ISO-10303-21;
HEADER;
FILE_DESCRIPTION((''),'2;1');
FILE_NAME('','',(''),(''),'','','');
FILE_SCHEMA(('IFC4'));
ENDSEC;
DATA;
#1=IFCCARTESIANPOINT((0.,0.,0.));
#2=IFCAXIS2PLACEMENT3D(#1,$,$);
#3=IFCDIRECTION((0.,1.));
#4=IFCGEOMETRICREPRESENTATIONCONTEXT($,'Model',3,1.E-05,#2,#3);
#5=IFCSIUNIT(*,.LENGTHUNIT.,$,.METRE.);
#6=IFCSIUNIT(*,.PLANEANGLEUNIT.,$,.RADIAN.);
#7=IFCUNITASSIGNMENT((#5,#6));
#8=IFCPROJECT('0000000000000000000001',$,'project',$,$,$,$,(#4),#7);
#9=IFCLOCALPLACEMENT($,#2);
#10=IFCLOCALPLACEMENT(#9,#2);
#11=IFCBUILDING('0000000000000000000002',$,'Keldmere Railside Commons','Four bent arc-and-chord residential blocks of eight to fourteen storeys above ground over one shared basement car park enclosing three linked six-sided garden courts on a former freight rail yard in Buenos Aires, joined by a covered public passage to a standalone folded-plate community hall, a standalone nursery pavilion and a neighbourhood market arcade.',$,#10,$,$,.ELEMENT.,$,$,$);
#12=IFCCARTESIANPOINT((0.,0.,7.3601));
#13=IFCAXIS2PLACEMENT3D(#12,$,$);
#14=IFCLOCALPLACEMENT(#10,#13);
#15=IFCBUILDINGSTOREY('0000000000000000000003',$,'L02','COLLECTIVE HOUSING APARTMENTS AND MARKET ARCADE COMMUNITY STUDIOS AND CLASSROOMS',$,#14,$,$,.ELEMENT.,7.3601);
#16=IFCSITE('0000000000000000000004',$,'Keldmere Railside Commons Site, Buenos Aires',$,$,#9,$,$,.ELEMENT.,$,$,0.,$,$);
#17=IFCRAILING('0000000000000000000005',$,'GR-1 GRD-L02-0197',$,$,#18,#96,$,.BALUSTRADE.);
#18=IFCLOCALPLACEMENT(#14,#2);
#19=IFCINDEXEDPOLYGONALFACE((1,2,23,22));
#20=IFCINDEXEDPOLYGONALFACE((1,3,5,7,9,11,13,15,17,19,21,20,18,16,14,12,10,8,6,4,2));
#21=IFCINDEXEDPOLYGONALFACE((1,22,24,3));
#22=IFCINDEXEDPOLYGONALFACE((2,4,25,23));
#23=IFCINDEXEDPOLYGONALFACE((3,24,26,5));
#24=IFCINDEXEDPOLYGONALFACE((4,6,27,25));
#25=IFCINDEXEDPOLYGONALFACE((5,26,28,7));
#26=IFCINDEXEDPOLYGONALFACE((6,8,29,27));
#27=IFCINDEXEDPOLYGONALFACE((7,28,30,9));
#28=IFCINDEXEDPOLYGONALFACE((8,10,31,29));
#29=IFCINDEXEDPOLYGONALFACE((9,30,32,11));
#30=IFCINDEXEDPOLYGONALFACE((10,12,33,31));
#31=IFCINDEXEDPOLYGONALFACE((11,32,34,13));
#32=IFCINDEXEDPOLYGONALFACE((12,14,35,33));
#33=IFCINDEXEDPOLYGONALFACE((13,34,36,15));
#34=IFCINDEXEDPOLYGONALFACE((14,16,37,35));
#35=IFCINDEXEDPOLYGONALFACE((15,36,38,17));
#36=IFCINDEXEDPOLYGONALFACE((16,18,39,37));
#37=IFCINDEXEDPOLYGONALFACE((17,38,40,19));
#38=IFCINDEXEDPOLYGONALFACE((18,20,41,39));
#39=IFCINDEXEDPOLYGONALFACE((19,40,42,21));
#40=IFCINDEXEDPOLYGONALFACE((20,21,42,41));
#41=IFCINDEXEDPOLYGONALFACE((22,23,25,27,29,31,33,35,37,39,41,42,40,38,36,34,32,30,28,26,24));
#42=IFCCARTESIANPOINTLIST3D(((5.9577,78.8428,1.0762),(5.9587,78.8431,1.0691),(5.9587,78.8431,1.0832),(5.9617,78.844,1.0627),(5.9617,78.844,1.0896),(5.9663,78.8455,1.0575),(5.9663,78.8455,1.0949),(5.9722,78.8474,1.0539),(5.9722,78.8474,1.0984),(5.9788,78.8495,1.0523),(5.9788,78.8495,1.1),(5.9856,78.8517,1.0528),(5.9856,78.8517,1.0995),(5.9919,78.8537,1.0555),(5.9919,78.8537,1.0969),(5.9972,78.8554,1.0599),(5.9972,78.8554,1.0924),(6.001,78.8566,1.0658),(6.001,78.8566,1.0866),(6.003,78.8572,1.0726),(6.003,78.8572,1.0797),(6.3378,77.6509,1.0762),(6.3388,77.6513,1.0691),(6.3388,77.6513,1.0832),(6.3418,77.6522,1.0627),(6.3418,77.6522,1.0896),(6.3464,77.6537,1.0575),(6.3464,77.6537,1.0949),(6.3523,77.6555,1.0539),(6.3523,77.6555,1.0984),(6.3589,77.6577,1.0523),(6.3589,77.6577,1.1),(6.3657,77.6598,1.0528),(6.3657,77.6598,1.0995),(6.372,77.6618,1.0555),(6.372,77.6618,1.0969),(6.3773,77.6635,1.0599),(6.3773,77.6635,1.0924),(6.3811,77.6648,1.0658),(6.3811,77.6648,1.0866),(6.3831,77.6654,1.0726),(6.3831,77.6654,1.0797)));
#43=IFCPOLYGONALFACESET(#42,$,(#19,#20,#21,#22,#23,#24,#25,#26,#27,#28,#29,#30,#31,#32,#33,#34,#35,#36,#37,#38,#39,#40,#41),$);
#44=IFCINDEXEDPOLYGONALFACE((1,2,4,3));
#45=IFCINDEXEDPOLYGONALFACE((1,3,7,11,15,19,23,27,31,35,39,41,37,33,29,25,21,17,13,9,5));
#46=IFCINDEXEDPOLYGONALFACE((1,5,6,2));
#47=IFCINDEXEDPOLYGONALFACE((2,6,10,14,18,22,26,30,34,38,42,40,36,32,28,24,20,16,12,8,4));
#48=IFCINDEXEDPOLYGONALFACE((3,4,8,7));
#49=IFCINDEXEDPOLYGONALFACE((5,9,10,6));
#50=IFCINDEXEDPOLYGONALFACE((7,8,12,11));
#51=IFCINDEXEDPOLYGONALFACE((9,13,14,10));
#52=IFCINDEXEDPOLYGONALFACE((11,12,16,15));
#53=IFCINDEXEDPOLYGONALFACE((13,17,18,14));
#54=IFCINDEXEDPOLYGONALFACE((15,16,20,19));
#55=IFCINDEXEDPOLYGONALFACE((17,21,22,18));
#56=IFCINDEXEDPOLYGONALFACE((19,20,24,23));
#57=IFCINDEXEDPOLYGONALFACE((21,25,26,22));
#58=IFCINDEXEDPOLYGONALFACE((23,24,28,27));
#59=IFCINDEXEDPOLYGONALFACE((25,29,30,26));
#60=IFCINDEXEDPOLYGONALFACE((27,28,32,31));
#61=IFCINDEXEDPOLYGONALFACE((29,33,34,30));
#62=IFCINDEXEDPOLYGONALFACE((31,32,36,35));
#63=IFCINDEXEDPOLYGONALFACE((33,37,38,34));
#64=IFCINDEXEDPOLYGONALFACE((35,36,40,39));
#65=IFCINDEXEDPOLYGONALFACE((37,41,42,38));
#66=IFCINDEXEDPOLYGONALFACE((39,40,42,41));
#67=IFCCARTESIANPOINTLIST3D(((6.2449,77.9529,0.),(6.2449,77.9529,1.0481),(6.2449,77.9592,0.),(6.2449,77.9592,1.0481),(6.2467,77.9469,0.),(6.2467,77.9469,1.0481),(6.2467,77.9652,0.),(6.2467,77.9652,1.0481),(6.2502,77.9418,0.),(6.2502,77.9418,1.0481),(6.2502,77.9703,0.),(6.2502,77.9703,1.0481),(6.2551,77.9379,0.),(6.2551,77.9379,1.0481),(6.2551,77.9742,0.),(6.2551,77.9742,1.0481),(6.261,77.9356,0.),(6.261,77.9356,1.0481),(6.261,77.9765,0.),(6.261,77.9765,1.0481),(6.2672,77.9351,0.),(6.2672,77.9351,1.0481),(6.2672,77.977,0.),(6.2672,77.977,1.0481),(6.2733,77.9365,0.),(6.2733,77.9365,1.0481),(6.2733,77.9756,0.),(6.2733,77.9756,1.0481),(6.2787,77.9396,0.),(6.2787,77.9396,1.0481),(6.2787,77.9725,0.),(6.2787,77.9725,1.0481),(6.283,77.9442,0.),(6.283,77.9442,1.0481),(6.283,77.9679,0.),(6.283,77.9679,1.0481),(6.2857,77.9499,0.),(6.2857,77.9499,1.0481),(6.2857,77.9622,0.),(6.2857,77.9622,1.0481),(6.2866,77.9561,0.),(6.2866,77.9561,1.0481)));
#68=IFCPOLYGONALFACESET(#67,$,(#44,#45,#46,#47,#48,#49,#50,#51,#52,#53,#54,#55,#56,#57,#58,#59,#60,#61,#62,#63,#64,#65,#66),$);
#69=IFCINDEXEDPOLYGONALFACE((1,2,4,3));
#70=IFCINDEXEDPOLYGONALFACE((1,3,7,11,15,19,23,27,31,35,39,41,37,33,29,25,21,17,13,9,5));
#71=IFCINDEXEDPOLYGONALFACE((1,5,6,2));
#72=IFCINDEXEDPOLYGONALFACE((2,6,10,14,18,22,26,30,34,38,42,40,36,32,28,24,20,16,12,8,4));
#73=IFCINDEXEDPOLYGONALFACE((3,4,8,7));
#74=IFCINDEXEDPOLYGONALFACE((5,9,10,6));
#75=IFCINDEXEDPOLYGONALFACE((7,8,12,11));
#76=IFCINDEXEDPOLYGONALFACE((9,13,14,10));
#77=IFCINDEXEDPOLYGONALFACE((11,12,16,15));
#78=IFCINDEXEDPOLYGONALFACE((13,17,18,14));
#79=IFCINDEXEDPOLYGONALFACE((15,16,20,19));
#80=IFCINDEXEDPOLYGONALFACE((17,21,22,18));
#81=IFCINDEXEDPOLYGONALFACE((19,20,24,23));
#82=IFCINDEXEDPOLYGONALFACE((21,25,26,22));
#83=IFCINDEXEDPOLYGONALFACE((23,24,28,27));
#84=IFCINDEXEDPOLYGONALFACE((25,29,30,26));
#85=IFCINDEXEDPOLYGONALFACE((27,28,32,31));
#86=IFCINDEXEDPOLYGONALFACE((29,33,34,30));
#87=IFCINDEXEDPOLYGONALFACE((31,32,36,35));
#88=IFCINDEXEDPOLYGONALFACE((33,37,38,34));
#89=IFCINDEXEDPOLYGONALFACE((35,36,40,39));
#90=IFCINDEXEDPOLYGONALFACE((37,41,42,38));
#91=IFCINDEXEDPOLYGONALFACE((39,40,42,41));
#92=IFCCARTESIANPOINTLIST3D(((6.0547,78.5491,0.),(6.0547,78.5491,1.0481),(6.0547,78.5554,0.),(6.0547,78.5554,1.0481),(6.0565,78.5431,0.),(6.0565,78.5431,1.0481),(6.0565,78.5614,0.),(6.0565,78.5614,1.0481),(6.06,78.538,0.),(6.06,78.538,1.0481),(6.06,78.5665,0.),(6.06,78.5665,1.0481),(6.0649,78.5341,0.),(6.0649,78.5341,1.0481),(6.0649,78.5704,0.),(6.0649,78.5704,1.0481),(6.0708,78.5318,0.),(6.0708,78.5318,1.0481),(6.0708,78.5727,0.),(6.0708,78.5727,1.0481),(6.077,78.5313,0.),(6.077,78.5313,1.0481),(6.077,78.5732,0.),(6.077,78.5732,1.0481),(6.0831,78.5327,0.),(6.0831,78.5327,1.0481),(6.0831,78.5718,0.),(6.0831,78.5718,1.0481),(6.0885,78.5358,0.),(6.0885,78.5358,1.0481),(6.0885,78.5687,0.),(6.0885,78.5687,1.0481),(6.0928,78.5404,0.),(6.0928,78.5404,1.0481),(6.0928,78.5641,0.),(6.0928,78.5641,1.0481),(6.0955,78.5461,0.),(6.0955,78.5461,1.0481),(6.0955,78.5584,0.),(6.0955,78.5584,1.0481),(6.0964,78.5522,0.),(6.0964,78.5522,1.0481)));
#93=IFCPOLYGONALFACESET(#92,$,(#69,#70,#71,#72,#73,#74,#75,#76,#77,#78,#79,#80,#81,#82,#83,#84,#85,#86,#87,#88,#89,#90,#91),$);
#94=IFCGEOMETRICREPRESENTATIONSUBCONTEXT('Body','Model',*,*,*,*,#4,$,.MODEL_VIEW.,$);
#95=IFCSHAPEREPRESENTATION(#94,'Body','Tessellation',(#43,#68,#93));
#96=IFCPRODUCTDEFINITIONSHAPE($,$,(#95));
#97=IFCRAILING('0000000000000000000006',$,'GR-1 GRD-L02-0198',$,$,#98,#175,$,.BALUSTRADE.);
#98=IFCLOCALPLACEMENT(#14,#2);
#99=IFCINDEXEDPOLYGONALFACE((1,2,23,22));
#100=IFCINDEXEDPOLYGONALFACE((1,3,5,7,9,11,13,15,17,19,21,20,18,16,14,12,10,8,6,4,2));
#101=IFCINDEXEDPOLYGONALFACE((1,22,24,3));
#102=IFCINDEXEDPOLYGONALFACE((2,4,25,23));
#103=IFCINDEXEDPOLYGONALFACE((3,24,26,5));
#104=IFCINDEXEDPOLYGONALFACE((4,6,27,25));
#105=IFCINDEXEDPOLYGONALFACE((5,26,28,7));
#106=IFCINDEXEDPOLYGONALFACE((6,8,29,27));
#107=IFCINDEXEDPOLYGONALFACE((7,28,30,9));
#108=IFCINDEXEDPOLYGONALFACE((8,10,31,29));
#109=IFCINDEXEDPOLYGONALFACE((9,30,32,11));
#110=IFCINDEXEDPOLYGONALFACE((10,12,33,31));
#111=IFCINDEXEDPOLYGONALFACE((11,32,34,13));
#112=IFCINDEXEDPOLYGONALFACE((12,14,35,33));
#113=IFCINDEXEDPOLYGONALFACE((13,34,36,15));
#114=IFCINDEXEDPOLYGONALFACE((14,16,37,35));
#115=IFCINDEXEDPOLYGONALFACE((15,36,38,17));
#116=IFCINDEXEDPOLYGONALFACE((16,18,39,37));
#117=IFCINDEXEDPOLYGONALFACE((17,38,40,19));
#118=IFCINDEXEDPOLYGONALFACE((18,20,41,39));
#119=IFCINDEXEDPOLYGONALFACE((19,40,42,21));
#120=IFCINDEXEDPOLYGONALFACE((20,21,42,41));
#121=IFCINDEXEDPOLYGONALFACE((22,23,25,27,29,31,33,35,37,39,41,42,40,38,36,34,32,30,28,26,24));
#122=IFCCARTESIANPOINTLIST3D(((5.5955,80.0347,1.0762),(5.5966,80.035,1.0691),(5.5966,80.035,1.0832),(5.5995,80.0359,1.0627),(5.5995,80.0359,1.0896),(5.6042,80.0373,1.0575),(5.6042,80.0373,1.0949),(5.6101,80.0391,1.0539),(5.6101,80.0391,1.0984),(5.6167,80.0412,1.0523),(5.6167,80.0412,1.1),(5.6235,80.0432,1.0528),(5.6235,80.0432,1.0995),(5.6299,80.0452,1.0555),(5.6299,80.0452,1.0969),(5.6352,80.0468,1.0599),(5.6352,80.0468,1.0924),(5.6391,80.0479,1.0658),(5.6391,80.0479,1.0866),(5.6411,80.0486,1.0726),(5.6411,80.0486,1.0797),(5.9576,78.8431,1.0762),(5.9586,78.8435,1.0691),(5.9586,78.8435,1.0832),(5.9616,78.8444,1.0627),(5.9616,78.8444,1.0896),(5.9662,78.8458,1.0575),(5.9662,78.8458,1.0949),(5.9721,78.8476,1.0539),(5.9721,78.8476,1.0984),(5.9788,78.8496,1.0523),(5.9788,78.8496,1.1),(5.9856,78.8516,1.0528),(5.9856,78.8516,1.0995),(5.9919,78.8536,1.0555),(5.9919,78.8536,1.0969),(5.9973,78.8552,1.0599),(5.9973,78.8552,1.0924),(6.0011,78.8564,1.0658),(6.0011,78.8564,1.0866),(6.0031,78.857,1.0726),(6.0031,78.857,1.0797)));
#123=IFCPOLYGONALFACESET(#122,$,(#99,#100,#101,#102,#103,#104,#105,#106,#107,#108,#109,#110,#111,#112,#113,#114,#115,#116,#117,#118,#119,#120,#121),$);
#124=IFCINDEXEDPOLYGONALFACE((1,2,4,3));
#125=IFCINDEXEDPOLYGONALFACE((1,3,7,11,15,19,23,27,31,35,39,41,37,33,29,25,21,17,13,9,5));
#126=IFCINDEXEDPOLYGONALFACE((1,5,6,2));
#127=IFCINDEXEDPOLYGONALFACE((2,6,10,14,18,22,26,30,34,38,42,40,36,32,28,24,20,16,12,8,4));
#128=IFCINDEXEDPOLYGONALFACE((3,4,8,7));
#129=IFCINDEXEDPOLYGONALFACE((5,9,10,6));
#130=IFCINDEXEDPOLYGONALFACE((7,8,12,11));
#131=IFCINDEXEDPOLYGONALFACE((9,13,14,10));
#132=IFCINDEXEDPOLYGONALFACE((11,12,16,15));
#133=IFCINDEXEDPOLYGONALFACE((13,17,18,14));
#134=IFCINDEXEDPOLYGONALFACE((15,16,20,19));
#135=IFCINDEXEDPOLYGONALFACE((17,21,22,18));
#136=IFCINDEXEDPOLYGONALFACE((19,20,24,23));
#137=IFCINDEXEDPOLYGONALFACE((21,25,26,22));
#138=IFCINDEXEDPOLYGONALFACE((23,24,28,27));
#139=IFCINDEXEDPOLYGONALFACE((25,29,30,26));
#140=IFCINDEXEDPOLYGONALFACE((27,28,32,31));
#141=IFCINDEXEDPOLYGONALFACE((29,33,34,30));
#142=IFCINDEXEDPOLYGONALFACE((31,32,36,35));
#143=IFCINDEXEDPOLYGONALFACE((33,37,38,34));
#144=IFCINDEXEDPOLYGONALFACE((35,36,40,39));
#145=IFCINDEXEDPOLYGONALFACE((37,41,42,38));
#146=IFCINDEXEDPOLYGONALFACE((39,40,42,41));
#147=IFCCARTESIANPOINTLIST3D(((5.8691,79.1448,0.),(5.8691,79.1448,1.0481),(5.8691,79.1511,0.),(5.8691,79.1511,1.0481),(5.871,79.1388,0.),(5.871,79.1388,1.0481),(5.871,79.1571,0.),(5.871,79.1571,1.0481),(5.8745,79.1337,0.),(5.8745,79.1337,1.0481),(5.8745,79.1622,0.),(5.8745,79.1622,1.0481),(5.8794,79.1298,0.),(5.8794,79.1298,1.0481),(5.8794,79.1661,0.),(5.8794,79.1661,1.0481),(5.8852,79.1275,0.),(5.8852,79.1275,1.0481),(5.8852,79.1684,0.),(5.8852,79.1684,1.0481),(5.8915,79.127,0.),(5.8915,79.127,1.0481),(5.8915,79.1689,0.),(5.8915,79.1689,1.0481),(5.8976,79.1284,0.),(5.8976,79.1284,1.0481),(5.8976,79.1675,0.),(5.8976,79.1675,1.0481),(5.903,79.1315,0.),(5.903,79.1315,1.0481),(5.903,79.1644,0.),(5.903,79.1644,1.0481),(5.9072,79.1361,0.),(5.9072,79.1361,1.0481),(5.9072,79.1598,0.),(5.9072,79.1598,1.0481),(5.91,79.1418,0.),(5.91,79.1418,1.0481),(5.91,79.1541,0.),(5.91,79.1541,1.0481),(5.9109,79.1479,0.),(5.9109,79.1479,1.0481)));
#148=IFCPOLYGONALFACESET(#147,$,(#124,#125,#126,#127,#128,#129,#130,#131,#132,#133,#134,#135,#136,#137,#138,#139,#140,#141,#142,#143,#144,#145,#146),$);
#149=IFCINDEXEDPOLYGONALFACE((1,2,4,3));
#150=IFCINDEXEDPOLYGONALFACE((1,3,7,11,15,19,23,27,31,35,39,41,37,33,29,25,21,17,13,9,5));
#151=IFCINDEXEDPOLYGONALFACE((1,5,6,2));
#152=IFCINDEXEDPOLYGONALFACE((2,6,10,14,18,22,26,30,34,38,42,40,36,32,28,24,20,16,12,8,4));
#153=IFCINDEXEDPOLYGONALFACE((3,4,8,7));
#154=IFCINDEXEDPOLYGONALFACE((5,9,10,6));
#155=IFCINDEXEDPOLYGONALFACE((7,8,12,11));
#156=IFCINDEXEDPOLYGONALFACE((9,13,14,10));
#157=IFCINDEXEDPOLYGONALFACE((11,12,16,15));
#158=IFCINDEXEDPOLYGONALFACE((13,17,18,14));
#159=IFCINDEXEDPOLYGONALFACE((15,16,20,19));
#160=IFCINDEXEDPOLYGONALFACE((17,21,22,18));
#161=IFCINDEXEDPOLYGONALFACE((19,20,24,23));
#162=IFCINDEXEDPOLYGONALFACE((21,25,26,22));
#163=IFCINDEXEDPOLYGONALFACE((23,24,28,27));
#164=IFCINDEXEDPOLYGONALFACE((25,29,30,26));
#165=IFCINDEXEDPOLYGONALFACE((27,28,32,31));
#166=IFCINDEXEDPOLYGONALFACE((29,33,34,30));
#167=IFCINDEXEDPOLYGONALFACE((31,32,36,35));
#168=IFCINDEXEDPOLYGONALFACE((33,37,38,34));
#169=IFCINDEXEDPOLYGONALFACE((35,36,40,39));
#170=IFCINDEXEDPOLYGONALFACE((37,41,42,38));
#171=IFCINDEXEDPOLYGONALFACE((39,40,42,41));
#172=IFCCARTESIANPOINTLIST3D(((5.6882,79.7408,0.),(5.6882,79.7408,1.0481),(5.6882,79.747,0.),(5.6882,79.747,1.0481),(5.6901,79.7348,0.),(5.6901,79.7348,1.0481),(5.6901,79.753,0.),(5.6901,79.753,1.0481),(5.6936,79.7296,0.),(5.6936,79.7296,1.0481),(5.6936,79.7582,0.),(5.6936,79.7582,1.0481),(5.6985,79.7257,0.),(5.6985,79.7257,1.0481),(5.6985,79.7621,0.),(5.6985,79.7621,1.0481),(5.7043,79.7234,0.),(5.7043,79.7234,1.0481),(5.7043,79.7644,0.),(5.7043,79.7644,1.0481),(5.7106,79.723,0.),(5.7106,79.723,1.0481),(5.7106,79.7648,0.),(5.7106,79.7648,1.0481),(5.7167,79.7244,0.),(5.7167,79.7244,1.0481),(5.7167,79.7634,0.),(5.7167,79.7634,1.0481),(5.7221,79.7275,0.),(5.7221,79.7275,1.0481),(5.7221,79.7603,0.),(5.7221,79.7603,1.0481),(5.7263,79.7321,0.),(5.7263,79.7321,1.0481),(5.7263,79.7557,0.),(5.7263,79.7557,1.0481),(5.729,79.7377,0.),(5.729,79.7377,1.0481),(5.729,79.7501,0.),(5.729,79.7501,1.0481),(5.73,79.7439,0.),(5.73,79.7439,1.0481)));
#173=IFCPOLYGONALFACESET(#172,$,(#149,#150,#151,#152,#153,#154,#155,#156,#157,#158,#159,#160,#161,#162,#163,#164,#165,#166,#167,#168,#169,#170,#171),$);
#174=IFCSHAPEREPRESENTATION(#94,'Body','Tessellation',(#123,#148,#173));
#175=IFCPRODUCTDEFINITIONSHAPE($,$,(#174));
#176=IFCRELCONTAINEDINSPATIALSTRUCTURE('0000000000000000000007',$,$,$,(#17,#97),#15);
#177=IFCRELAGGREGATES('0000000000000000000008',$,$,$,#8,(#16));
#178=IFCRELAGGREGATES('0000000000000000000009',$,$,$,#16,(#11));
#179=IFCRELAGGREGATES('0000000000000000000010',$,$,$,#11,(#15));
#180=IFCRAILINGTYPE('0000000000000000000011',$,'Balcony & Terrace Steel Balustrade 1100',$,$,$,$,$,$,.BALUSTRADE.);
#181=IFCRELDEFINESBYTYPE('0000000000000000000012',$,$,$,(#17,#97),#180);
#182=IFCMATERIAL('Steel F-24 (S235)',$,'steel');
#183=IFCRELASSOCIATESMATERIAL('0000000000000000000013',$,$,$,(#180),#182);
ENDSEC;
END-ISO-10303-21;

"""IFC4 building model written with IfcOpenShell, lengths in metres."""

from ifc_helpers import new_model, si_unit, direction, frame, origin, origin_2d, place, context, subcontext, project, spatial, circle, extrude, material, type_object, element, save


model = new_model("IFC4")

# Units and contexts
model_context = context("Model", 3, precision=1e-05, world=origin(), true_north=direction((0.0, 1.0)))
body_context = subcontext(model_context, "Body", "Model", "MODEL_VIEW")
ifc_project = project(units=[si_unit("LENGTHUNIT", "METRE"), si_unit("PLANEANGLEUNIT", "RADIAN")], contexts=[model_context])

# Site, building, storey
site_placement = place(None, origin())
site = spatial("IfcSite", under=ifc_project, at=site_placement, Name="Keldmere Railside Commons Site, Buenos Aires", CompositionType="ELEMENT", RefElevation=0.0)
building_placement = place(site_placement, origin())
building = spatial("IfcBuilding", under=site, at=building_placement, Name="Keldmere Railside Commons", Description="Four bent arc-and-chord residential blocks of eight to fourteen storeys above ground over one shared basement car park enclosing three linked six-sided garden courts on a former freight rail yard in Buenos Aires, joined by a covered public passage to a standalone folded-plate community hall, a standalone nursery pavilion and a neighbourhood market arcade.", CompositionType="ELEMENT")
storey_placement = place(building_placement, frame((0.0, 0.0, 7.3601)))
storey = spatial("IfcBuildingStorey", under=building, at=storey_placement, Name="L02", Description="COLLECTIVE HOUSING APARTMENTS AND MARKET ARCADE COMMUNITY STUDIOS AND CLASSROOMS", CompositionType="ELEMENT", Elevation=7.3601)

# Shared definitions
ifc_material_1 = material(Name="Steel F-24 (S235)", Category="steel")

# Railings
railing_type_1 = type_object("IfcRailingType", Name="Balcony & Terrace Steel Balustrade 1100", PredefinedType="BALUSTRADE", material=ifc_material_1)
railing_1_placement = place(storey_placement, frame((6.3606, 77.6582, 0.0)))
element("IfcRailing", 1, at=railing_1_placement, inside=storey, type_object=railing_type_1, Name="GR-1 GRD-L02-0197", PredefinedType="BALUSTRADE", context=body_context, shape_type="SweptSolid", body=[
    extrude(circle(Radius=0.0239, at=origin_2d()), frame((0.0, 0.0, 1.0762), z_axis=(-0.303848, 0.952721, 0.0), x_axis=(-0.952721, -0.303848, 0.0)), (0.0, 0.0, 1.0), 1.251),
    extrude(circle(Radius=0.021, at=origin_2d()), frame((-0.095, 0.2979, 0.0)), (0.0, 0.0, 1.0), 1.0481),
    extrude(circle(Radius=0.021, at=origin_2d()), frame((-0.2852, 0.894, 0.0)), (0.0, 0.0, 1.0), 1.0481),
])
railing_2_placement = place(storey_placement, frame((5.9805, 78.8501, 0.0)))
element("IfcRailing", 2, at=railing_2_placement, inside=storey, type_object=railing_type_1, Name="GR-1 GRD-L02-0198", PredefinedType="BALUSTRADE", context=body_context, shape_type="SweptSolid", body=[
    extrude(circle(Radius=0.0239, at=origin_2d()), frame((0.0, 0.0, 1.0762), z_axis=(-0.290709, 0.956811, 0.0), x_axis=(-0.956811, -0.290709, 0.0)), (0.0, 0.0, 1.0), 1.2454),
    extrude(circle(Radius=0.021, at=origin_2d()), frame((-0.0906, 0.2979, 0.0)), (0.0, 0.0, 1.0), 1.0481),
    extrude(circle(Radius=0.021, at=origin_2d()), frame((-0.2715, 0.8938, 0.0)), (0.0, 0.0, 1.0), 1.0481),
])

save(model, "model.ifc")
